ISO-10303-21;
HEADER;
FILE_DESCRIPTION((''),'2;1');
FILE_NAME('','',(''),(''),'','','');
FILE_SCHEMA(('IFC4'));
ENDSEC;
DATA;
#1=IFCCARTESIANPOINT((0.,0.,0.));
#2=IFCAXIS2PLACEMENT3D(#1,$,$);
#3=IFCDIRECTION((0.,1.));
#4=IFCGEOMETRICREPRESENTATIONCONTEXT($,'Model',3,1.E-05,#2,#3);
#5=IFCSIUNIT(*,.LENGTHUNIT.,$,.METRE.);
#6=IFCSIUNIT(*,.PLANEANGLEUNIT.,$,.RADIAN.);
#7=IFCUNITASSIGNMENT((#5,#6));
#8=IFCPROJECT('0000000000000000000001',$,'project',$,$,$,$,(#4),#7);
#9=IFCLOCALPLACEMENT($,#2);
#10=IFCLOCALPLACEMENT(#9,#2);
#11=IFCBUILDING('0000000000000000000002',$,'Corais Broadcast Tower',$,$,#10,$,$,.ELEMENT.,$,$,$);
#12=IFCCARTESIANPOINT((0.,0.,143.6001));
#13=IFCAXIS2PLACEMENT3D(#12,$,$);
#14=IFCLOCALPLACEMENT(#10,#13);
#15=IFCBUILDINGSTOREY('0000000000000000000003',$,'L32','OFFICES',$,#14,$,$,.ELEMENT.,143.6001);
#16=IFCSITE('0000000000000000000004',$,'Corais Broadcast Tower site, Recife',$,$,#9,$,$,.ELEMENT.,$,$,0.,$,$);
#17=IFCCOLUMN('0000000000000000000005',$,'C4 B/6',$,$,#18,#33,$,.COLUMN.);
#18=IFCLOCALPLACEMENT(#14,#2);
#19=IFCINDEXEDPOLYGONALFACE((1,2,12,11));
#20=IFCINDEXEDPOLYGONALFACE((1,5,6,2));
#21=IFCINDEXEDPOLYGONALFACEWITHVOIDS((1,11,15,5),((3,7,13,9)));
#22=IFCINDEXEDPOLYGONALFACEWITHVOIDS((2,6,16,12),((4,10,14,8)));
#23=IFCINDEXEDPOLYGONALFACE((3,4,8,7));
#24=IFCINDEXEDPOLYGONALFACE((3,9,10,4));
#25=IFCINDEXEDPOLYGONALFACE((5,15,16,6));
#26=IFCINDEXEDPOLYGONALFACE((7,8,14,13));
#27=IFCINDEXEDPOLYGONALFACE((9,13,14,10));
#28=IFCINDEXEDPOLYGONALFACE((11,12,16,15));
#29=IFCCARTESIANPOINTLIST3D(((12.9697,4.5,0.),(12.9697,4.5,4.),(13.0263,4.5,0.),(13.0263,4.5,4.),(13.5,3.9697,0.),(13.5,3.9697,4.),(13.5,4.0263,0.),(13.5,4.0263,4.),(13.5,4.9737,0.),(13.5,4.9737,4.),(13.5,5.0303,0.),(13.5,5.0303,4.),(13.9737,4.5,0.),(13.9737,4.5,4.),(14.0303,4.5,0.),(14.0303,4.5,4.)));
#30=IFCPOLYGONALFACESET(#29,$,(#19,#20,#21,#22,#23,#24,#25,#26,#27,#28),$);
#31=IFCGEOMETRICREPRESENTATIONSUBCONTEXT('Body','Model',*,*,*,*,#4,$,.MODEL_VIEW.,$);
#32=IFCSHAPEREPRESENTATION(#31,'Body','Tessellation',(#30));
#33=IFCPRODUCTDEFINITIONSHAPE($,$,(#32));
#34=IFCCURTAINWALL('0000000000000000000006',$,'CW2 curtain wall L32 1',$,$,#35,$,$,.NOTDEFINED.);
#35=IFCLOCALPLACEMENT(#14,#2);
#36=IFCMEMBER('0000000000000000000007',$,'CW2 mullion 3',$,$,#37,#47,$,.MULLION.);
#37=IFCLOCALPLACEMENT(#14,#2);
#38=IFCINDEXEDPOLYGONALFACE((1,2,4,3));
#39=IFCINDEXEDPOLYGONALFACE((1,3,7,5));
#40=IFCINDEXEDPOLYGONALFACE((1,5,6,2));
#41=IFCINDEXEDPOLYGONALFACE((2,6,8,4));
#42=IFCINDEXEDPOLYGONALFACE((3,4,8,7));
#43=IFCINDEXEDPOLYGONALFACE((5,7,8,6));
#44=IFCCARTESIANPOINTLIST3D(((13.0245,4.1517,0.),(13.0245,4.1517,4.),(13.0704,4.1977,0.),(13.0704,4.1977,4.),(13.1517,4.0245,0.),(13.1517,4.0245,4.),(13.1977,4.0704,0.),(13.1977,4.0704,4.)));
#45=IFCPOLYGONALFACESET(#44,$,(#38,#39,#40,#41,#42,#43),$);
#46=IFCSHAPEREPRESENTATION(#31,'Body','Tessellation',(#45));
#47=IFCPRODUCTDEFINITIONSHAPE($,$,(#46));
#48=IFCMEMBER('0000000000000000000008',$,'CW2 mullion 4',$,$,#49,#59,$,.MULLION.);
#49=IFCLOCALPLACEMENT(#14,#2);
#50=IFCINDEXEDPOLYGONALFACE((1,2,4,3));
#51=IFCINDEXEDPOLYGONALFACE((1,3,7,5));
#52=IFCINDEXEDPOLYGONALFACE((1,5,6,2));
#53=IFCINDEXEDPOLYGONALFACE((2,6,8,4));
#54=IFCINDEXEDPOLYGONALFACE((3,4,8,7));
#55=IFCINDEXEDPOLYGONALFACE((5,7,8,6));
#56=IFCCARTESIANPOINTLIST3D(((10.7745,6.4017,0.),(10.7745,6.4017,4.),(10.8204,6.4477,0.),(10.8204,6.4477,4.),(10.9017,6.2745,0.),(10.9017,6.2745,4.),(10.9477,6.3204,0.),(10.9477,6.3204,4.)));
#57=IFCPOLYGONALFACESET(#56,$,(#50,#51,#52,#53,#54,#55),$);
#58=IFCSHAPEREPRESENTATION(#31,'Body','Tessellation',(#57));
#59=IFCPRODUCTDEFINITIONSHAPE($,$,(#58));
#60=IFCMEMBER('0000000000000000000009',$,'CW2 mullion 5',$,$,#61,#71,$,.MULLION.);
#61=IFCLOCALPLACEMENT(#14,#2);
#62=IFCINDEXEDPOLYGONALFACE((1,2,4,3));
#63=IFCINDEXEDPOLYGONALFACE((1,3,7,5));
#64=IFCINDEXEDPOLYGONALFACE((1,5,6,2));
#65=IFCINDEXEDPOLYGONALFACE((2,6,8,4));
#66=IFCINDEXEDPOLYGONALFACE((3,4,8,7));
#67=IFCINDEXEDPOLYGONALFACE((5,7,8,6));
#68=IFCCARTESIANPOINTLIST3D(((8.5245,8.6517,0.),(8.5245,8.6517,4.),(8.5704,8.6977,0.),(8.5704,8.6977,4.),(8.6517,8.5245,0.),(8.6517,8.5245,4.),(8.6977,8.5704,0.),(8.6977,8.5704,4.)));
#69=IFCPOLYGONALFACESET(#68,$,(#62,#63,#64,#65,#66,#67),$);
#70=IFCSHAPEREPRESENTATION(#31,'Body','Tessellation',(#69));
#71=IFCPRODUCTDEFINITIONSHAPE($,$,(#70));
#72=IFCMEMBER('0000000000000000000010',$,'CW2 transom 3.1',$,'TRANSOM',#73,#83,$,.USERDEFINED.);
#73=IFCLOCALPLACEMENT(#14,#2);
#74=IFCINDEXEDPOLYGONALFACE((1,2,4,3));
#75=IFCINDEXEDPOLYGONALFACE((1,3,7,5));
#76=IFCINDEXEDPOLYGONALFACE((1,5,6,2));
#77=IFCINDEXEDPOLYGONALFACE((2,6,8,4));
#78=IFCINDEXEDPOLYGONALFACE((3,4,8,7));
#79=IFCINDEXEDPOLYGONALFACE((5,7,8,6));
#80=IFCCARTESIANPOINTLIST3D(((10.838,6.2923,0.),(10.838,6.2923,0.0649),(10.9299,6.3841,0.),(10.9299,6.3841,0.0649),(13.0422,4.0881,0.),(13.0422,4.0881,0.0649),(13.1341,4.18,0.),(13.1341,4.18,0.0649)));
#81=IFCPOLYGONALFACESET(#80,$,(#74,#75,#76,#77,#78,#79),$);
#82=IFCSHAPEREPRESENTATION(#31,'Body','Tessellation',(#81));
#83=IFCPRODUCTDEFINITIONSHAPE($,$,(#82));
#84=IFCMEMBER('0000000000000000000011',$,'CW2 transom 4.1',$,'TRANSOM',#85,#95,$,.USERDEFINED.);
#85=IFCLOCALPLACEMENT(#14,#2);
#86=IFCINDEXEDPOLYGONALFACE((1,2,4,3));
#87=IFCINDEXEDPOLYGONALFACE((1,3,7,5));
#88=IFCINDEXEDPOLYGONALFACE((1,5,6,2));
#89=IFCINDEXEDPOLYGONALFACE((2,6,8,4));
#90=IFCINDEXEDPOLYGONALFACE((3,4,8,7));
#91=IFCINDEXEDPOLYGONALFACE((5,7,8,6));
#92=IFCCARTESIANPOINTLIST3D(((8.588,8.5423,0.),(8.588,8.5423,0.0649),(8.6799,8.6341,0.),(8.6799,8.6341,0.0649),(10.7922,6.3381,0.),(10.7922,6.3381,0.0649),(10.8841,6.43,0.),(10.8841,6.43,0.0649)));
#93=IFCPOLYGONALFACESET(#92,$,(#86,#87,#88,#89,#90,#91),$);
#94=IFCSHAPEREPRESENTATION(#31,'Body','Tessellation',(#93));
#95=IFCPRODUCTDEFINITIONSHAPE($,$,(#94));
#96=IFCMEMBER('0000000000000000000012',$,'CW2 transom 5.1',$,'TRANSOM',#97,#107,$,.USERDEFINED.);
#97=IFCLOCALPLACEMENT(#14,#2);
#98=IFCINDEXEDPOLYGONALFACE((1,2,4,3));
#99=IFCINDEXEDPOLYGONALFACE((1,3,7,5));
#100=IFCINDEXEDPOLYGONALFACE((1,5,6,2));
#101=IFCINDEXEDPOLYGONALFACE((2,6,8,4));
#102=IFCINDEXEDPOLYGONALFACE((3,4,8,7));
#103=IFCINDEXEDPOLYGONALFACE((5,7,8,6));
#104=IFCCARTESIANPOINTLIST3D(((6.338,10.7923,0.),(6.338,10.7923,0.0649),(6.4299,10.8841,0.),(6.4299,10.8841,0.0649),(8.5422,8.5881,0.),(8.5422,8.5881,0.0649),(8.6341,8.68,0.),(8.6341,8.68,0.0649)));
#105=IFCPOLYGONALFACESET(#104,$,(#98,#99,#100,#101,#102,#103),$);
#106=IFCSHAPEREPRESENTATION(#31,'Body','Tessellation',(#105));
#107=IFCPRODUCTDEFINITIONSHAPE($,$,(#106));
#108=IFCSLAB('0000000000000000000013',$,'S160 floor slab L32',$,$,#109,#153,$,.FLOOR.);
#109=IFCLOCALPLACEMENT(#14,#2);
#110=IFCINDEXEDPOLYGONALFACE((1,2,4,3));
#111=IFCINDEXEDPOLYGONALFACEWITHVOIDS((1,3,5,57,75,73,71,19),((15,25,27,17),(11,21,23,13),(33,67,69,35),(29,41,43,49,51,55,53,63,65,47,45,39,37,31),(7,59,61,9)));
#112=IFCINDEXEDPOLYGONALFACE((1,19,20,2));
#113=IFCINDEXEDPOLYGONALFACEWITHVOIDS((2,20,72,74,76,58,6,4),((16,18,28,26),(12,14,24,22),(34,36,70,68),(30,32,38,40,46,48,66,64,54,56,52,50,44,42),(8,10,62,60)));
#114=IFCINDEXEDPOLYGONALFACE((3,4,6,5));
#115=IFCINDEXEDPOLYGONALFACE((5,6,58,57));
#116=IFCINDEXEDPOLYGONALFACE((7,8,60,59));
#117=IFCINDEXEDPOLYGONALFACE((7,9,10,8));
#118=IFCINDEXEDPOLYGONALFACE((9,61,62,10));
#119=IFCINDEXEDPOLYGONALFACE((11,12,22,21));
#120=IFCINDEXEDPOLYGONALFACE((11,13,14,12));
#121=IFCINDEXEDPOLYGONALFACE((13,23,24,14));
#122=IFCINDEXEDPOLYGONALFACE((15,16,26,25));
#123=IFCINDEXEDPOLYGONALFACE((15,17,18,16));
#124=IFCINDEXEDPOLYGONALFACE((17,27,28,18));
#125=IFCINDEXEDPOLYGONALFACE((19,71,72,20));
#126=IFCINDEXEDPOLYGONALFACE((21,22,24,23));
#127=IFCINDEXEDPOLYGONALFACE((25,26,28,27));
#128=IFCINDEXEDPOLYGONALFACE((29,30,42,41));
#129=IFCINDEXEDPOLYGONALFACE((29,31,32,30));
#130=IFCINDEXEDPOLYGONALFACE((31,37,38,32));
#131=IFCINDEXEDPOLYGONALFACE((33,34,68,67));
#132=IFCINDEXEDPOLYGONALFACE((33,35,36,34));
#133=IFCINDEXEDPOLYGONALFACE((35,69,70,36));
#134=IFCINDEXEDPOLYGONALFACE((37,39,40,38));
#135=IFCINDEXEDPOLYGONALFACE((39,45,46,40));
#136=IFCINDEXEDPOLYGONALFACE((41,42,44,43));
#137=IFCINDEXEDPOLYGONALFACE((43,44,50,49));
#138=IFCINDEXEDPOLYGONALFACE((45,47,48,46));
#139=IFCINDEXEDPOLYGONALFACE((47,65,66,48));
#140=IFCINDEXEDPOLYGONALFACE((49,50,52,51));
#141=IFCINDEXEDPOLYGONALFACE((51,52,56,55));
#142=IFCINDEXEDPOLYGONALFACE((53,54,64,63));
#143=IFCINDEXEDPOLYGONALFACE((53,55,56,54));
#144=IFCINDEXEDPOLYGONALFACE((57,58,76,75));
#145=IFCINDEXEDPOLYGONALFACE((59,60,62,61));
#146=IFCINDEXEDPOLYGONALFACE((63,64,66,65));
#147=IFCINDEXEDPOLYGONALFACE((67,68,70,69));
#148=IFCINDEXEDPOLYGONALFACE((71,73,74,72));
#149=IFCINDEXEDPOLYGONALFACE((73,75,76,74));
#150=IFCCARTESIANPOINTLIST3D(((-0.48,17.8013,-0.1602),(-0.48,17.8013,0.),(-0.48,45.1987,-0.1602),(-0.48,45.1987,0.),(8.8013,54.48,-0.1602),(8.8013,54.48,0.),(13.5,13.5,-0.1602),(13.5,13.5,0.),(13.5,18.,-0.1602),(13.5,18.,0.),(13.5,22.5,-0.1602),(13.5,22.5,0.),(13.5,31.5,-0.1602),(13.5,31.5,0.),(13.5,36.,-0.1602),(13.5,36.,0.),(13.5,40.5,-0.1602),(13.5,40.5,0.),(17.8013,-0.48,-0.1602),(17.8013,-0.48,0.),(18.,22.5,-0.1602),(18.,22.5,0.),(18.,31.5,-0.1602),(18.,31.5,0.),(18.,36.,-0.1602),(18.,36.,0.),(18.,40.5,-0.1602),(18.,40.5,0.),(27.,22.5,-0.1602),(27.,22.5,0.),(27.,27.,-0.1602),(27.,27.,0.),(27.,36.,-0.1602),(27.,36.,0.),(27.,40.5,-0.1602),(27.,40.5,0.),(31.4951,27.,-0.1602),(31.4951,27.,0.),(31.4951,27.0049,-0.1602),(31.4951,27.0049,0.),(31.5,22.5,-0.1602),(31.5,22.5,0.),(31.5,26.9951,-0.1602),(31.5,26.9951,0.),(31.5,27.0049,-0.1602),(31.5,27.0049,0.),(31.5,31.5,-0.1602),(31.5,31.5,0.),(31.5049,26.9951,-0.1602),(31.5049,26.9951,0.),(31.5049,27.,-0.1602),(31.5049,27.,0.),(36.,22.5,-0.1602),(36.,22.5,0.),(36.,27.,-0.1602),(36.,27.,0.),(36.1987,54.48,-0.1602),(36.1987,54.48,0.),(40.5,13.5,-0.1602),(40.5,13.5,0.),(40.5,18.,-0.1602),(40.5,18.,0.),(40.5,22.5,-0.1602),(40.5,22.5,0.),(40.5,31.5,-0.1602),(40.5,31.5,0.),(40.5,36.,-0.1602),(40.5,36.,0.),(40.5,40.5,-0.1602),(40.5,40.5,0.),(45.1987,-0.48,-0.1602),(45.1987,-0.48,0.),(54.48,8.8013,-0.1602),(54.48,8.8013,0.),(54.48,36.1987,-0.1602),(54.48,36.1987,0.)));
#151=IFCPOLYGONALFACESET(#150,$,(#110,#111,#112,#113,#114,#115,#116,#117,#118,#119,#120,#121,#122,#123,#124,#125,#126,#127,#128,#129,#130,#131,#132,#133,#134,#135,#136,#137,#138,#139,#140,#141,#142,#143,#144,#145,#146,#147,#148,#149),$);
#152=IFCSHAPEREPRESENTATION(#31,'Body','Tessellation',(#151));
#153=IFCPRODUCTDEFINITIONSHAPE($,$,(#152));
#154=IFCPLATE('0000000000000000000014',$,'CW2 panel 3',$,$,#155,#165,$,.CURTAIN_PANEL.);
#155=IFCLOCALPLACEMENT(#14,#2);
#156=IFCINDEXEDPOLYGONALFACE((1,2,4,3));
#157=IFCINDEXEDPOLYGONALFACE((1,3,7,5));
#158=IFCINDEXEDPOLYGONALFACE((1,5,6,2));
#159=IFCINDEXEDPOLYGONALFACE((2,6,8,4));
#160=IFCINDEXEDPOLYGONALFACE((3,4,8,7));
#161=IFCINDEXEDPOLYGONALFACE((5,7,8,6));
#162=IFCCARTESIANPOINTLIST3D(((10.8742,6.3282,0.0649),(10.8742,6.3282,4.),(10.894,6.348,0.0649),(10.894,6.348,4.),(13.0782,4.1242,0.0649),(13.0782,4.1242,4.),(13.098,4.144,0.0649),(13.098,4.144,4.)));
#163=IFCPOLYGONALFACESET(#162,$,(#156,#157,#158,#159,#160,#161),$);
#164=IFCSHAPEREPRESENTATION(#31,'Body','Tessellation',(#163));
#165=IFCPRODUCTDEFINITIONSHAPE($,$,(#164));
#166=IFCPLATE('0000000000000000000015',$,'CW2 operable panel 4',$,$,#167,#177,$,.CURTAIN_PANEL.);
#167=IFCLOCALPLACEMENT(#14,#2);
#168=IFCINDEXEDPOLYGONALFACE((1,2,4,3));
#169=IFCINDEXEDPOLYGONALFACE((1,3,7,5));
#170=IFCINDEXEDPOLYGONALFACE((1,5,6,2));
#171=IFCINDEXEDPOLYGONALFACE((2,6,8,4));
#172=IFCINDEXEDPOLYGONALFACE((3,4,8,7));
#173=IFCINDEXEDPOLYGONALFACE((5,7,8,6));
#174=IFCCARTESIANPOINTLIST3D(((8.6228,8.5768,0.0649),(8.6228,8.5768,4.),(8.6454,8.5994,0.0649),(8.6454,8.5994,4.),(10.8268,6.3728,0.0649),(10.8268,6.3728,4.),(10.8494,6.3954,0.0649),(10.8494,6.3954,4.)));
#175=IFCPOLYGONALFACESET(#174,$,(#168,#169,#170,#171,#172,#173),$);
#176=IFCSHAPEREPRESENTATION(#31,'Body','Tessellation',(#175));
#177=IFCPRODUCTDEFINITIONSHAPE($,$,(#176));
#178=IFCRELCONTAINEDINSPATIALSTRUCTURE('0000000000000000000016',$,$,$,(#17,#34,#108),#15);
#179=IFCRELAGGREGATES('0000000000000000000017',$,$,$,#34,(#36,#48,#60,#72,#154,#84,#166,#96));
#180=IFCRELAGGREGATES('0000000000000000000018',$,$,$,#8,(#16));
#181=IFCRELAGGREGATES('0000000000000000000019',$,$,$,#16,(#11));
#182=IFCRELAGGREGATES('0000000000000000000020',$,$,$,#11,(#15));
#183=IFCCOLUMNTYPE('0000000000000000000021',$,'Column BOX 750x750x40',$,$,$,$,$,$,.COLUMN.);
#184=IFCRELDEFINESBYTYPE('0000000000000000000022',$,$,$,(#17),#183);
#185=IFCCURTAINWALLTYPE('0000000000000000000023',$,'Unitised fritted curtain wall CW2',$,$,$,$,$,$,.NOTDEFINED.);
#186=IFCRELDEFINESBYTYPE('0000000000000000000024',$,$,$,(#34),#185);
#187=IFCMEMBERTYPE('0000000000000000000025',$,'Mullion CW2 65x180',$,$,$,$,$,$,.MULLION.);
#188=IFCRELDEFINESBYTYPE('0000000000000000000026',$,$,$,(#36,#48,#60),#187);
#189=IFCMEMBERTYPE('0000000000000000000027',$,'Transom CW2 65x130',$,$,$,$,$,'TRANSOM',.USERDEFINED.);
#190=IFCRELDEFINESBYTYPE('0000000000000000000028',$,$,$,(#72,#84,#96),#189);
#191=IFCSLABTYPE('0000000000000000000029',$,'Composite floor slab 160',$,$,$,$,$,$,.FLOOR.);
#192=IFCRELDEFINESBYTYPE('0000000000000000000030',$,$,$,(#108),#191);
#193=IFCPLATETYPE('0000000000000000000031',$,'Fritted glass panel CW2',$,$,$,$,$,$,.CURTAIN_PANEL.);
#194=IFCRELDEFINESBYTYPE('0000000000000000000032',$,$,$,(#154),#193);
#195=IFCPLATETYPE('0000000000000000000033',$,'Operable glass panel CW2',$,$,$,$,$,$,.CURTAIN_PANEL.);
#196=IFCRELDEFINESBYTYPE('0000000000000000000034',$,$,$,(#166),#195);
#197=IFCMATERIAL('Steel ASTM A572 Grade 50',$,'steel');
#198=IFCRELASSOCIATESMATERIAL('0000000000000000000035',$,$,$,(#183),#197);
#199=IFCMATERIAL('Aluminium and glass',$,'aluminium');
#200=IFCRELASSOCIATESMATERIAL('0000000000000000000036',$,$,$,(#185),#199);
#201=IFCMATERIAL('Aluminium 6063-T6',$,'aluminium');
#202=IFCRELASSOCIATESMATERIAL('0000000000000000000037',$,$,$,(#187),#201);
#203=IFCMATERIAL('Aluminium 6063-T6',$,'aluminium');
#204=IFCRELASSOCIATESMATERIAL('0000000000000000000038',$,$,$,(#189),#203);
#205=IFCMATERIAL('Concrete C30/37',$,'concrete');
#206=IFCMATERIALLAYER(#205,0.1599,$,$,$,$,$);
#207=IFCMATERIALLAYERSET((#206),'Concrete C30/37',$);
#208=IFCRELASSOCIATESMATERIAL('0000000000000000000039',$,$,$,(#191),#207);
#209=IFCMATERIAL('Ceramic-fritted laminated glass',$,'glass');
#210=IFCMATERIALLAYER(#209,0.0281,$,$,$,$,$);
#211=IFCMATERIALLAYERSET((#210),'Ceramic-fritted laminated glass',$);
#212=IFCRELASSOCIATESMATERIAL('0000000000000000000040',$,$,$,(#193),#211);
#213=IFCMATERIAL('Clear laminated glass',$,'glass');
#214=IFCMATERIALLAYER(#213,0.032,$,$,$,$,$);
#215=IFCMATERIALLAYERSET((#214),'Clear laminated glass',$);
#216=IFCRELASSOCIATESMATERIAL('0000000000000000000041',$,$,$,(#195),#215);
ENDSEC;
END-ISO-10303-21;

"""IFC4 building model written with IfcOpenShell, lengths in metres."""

from ifc_helpers import new_model, si_unit, direction, frame, origin, origin_2d, place, context, subcontext, project, spatial, polyline, rectangle, hollow_rectangle, outline, extrude, material, layer, layer_set, material_profile, profile_set, type_object, element, aggregate, save


model = new_model("IFC4")

# Units and contexts
model_context = context("Model", 3, precision=1e-05, world=origin(), true_north=direction((0.0, 1.0)))
body_context = subcontext(model_context, "Body", "Model", "MODEL_VIEW")
ifc_project = project(units=[si_unit("LENGTHUNIT", "METRE"), si_unit("PLANEANGLEUNIT", "RADIAN")], contexts=[model_context])

# Site, building, storey
site_placement = place(None, origin())
site = spatial("IfcSite", under=ifc_project, at=site_placement, Name="Corais Broadcast Tower site, Recife", CompositionType="ELEMENT", RefElevation=0.0)
building_placement = place(site_placement, origin())
building = spatial("IfcBuilding", under=site, at=building_placement, Name="Corais Broadcast Tower", CompositionType="ELEMENT")
storey_placement = place(building_placement, frame((0.0, 0.0, 143.6001)))
storey = spatial("IfcBuildingStorey", under=building, at=storey_placement, Name="L32", Description="OFFICES", CompositionType="ELEMENT", Elevation=143.6001)

# Column
ifc_material_1 = material(Name="Steel ASTM A572 Grade 50", Category="steel")
ifc_material_profile_1 = material_profile(ifc_material_1, hollow_rectangle(XDim=0.75, YDim=0.75, WallThickness=0.04, at=origin_2d()), Name="BOX 750x750x40")
ifc_profile_set_1 = profile_set([ifc_material_profile_1], Name="Steel ASTM A572 Grade 50")
column_type = type_object("IfcColumnType", Name="Column BOX 750x750x40", PredefinedType="COLUMN", material=ifc_profile_set_1)
column_placement = place(storey_placement, frame((13.5, 4.5, 0.0), z_axis=(0.0, 0.0, 1.0), x_axis=(0.707107, 0.707107, 0.0)))
element("IfcColumn", 1, at=column_placement, inside=storey, type_object=column_type, Name="C4 B/6", PredefinedType="COLUMN", context=body_context, shape_type="SweptSolid", body=[
    extrude(hollow_rectangle(XDim=0.75, YDim=0.75, WallThickness=0.04, at=origin_2d()), origin(), (0.0, 0.0, 1.0), 4.0),
])

# Curtain wall, members
ifc_material_2 = material(Name="Aluminium and glass", Category="aluminium")
curtain_wall_type = type_object("IfcCurtainWallType", Name="Unitised fritted curtain wall CW2", PredefinedType="NOTDEFINED", material=ifc_material_2)
curtain_wall_placement = place(storey_placement, origin())
curtain_wall = element("IfcCurtainWall", 2, at=curtain_wall_placement, inside=storey, type_object=curtain_wall_type, Name="CW2 curtain wall L32 1", PredefinedType="NOTDEFINED")
ifc_material_3 = material(Name="Aluminium 6063-T6", Category="aluminium")
ifc_material_profile_2 = material_profile(ifc_material_3, rectangle(XDim=0.0649, YDim=0.1799, at=origin_2d()), Name="Mullion CW2 65x180")
ifc_profile_set_2 = profile_set([ifc_material_profile_2], Name="Aluminium 6063-T6")
member_type_1 = type_object("IfcMemberType", Name="Mullion CW2 65x180", PredefinedType="MULLION", material=ifc_profile_set_2)
member_1_placement = place(storey_placement, frame((13.1111, 4.1111, 0.0), z_axis=(0.0, 0.0, 1.0), x_axis=(-0.707107, -0.707107, 0.0)))
member_1 = element("IfcMember", 3, at=member_1_placement, type_object=member_type_1, Name="CW2 mullion 3", PredefinedType="MULLION", context=body_context, shape_type="SweptSolid", body=[
    extrude(rectangle(XDim=0.0649, YDim=0.1799, at=origin_2d()), origin(), (0.0, 0.0, 1.0), 4.0),
])
member_2_placement = place(storey_placement, frame((10.8611, 6.3611, 0.0), z_axis=(0.0, 0.0, 1.0), x_axis=(-0.707107, -0.707107, 0.0)))
member_2 = element("IfcMember", 4, at=member_2_placement, type_object=member_type_1, Name="CW2 mullion 4", PredefinedType="MULLION", context=body_context, shape_type="SweptSolid", body=[
    extrude(rectangle(XDim=0.0649, YDim=0.1799, at=origin_2d()), origin(), (0.0, 0.0, 1.0), 4.0),
])
member_3_placement = place(storey_placement, frame((8.6111, 8.6111, 0.0), z_axis=(0.0, 0.0, 1.0), x_axis=(-0.707107, -0.707107, 0.0)))
member_3 = element("IfcMember", 5, at=member_3_placement, type_object=member_type_1, Name="CW2 mullion 5", PredefinedType="MULLION", context=body_context, shape_type="SweptSolid", body=[
    extrude(rectangle(XDim=0.0649, YDim=0.1799, at=origin_2d()), origin(), (0.0, 0.0, 1.0), 4.0),
])
ifc_material_4 = material(Name="Aluminium 6063-T6", Category="aluminium")
ifc_material_profile_3 = material_profile(ifc_material_4, rectangle(XDim=0.1299, YDim=0.0649, at=origin_2d()), Name="Transom CW2 65x130")
ifc_profile_set_3 = profile_set([ifc_material_profile_3], Name="Aluminium 6063-T6")
member_type_2 = type_object("IfcMemberType", Name="Transom CW2 65x130", ElementType="TRANSOM", PredefinedType="USERDEFINED", material=ifc_profile_set_3)
member_4_placement = place(storey_placement, frame((13.0881, 4.134, 0.0325), z_axis=(-0.707107, 0.707107, 0.0), x_axis=(-0.707107, -0.707107, 0.0)))
member_4 = element("IfcMember", 6, at=member_4_placement, type_object=member_type_2, Name="CW2 transom 3.1", ObjectType="TRANSOM", PredefinedType="USERDEFINED", context=body_context, shape_type="SweptSolid", body=[
    extrude(rectangle(XDim=0.1299, YDim=0.0649, at=origin_2d()), origin(), (0.0, 0.0, 1.0), 3.1172),
])
member_5_placement = place(storey_placement, frame((10.8381, 6.384, 0.0325), z_axis=(-0.707107, 0.707107, 0.0), x_axis=(-0.707107, -0.707107, 0.0)))
member_5 = element("IfcMember", 7, at=member_5_placement, type_object=member_type_2, Name="CW2 transom 4.1", ObjectType="TRANSOM", PredefinedType="USERDEFINED", context=body_context, shape_type="SweptSolid", body=[
    extrude(rectangle(XDim=0.1299, YDim=0.0649, at=origin_2d()), origin(), (0.0, 0.0, 1.0), 3.1172),
])
member_6_placement = place(storey_placement, frame((8.5881, 8.634, 0.0325), z_axis=(-0.707107, 0.707107, 0.0), x_axis=(-0.707107, -0.707107, 0.0)))
member_6 = element("IfcMember", 8, at=member_6_placement, type_object=member_type_2, Name="CW2 transom 5.1", ObjectType="TRANSOM", PredefinedType="USERDEFINED", context=body_context, shape_type="SweptSolid", body=[
    extrude(rectangle(XDim=0.1299, YDim=0.0649, at=origin_2d()), origin(), (0.0, 0.0, 1.0), 3.1172),
])

# Slab
ifc_material_5 = material(Name="Concrete C30/37", Category="concrete")
ifc_layer_1 = layer(ifc_material_5, 0.1599)
ifc_layer_set_1 = layer_set([ifc_layer_1], Name="Concrete C30/37")
slab_type_1 = type_object("IfcSlabType", Name="Composite floor slab 160", PredefinedType="FLOOR", material=ifc_layer_set_1)
slab_1_placement = place(storey_placement, frame((0.0, 0.0, -0.1602)))
element("IfcSlab", 9, at=slab_1_placement, inside=storey, type_object=slab_type_1, Name="S160 floor slab L32", PredefinedType="FLOOR", context=body_context, shape_type="SweptSolid", body=[
    extrude(outline(polyline([(17.8013, -0.48), (-0.48, 17.8013), (-0.48, 45.1987), (8.8013, 54.48), (36.1987, 54.48), (54.48, 36.1987), (54.48, 8.8013), (45.1987, -0.48), (17.8013, -0.48)]), holes=[polyline([(13.5, 18.0), (40.5, 18.0), (40.5, 13.5), (13.5, 13.5), (13.5, 18.0)]), polyline([(18.0, 22.5), (13.5, 22.5), (13.5, 31.5), (18.0, 31.5), (18.0, 22.5)]), polyline([(18.0, 36.0), (13.5, 36.0), (13.5, 40.5), (18.0, 40.5), (18.0, 36.0)]), polyline([(31.5, 22.5), (27.0, 22.5), (27.0, 27.0), (31.4951, 27.0), (31.4951, 27.0049), (31.5, 27.0049), (31.5, 31.5), (40.5, 31.5), (40.5, 22.5), (36.0, 22.5), (36.0, 27.0), (31.5049, 27.0), (31.5049, 26.9951), (31.5, 26.9951), (31.5, 22.5)]), polyline([(27.0, 40.5), (40.5, 40.5), (40.5, 36.0), (27.0, 36.0), (27.0, 40.5)])]), origin(), (0.0, 0.0, 1.0), 0.1602),
])

# Plates
ifc_material_6 = material(Name="Ceramic-fritted laminated glass", Category="glass")
ifc_layer_2 = layer(ifc_material_6, 0.0281)
ifc_layer_set_2 = layer_set([ifc_layer_2], Name="Ceramic-fritted laminated glass")
plate_type_1 = type_object("IfcPlateType", Name="Fritted glass panel CW2", PredefinedType="CURTAIN_PANEL", material=ifc_layer_set_2)
plate_1_placement = place(storey_placement, frame((11.9861, 5.2361, 0.0649), z_axis=(0.0, 0.0, 1.0), x_axis=(-0.707107, 0.707107, 0.0)))
plate_1 = element("IfcPlate", 10, at=plate_1_placement, type_object=plate_type_1, Name="CW2 panel 3", PredefinedType="CURTAIN_PANEL", context=body_context, shape_type="SweptSolid", body=[
    extrude(rectangle(XDim=3.1169, YDim=0.0281, at=origin_2d()), origin(), (0.0, 0.0, 1.0), 3.9351),
])
ifc_material_7 = material(Name="Clear laminated glass", Category="glass")
ifc_layer_3 = layer(ifc_material_7, 0.032)
ifc_layer_set_3 = layer_set([ifc_layer_3], Name="Clear laminated glass")
plate_type_2 = type_object("IfcPlateType", Name="Operable glass panel CW2", PredefinedType="CURTAIN_PANEL", material=ifc_layer_set_3)
plate_2_placement = place(storey_placement, frame((9.7361, 7.4861, 0.0649), z_axis=(0.0, 0.0, 1.0), x_axis=(-0.707107, 0.707107, 0.0)))
plate_2 = element("IfcPlate", 11, at=plate_2_placement, type_object=plate_type_2, Name="CW2 operable panel 4", PredefinedType="CURTAIN_PANEL", context=body_context, shape_type="SweptSolid", body=[
    extrude(rectangle(XDim=3.1169, YDim=0.032, at=origin_2d()), origin(), (0.0, 0.0, 1.0), 3.9351),
])
aggregate(curtain_wall, [member_1, member_2, member_3, member_4, plate_1, member_5, plate_2, member_6])

save(model, "model.ifc")
